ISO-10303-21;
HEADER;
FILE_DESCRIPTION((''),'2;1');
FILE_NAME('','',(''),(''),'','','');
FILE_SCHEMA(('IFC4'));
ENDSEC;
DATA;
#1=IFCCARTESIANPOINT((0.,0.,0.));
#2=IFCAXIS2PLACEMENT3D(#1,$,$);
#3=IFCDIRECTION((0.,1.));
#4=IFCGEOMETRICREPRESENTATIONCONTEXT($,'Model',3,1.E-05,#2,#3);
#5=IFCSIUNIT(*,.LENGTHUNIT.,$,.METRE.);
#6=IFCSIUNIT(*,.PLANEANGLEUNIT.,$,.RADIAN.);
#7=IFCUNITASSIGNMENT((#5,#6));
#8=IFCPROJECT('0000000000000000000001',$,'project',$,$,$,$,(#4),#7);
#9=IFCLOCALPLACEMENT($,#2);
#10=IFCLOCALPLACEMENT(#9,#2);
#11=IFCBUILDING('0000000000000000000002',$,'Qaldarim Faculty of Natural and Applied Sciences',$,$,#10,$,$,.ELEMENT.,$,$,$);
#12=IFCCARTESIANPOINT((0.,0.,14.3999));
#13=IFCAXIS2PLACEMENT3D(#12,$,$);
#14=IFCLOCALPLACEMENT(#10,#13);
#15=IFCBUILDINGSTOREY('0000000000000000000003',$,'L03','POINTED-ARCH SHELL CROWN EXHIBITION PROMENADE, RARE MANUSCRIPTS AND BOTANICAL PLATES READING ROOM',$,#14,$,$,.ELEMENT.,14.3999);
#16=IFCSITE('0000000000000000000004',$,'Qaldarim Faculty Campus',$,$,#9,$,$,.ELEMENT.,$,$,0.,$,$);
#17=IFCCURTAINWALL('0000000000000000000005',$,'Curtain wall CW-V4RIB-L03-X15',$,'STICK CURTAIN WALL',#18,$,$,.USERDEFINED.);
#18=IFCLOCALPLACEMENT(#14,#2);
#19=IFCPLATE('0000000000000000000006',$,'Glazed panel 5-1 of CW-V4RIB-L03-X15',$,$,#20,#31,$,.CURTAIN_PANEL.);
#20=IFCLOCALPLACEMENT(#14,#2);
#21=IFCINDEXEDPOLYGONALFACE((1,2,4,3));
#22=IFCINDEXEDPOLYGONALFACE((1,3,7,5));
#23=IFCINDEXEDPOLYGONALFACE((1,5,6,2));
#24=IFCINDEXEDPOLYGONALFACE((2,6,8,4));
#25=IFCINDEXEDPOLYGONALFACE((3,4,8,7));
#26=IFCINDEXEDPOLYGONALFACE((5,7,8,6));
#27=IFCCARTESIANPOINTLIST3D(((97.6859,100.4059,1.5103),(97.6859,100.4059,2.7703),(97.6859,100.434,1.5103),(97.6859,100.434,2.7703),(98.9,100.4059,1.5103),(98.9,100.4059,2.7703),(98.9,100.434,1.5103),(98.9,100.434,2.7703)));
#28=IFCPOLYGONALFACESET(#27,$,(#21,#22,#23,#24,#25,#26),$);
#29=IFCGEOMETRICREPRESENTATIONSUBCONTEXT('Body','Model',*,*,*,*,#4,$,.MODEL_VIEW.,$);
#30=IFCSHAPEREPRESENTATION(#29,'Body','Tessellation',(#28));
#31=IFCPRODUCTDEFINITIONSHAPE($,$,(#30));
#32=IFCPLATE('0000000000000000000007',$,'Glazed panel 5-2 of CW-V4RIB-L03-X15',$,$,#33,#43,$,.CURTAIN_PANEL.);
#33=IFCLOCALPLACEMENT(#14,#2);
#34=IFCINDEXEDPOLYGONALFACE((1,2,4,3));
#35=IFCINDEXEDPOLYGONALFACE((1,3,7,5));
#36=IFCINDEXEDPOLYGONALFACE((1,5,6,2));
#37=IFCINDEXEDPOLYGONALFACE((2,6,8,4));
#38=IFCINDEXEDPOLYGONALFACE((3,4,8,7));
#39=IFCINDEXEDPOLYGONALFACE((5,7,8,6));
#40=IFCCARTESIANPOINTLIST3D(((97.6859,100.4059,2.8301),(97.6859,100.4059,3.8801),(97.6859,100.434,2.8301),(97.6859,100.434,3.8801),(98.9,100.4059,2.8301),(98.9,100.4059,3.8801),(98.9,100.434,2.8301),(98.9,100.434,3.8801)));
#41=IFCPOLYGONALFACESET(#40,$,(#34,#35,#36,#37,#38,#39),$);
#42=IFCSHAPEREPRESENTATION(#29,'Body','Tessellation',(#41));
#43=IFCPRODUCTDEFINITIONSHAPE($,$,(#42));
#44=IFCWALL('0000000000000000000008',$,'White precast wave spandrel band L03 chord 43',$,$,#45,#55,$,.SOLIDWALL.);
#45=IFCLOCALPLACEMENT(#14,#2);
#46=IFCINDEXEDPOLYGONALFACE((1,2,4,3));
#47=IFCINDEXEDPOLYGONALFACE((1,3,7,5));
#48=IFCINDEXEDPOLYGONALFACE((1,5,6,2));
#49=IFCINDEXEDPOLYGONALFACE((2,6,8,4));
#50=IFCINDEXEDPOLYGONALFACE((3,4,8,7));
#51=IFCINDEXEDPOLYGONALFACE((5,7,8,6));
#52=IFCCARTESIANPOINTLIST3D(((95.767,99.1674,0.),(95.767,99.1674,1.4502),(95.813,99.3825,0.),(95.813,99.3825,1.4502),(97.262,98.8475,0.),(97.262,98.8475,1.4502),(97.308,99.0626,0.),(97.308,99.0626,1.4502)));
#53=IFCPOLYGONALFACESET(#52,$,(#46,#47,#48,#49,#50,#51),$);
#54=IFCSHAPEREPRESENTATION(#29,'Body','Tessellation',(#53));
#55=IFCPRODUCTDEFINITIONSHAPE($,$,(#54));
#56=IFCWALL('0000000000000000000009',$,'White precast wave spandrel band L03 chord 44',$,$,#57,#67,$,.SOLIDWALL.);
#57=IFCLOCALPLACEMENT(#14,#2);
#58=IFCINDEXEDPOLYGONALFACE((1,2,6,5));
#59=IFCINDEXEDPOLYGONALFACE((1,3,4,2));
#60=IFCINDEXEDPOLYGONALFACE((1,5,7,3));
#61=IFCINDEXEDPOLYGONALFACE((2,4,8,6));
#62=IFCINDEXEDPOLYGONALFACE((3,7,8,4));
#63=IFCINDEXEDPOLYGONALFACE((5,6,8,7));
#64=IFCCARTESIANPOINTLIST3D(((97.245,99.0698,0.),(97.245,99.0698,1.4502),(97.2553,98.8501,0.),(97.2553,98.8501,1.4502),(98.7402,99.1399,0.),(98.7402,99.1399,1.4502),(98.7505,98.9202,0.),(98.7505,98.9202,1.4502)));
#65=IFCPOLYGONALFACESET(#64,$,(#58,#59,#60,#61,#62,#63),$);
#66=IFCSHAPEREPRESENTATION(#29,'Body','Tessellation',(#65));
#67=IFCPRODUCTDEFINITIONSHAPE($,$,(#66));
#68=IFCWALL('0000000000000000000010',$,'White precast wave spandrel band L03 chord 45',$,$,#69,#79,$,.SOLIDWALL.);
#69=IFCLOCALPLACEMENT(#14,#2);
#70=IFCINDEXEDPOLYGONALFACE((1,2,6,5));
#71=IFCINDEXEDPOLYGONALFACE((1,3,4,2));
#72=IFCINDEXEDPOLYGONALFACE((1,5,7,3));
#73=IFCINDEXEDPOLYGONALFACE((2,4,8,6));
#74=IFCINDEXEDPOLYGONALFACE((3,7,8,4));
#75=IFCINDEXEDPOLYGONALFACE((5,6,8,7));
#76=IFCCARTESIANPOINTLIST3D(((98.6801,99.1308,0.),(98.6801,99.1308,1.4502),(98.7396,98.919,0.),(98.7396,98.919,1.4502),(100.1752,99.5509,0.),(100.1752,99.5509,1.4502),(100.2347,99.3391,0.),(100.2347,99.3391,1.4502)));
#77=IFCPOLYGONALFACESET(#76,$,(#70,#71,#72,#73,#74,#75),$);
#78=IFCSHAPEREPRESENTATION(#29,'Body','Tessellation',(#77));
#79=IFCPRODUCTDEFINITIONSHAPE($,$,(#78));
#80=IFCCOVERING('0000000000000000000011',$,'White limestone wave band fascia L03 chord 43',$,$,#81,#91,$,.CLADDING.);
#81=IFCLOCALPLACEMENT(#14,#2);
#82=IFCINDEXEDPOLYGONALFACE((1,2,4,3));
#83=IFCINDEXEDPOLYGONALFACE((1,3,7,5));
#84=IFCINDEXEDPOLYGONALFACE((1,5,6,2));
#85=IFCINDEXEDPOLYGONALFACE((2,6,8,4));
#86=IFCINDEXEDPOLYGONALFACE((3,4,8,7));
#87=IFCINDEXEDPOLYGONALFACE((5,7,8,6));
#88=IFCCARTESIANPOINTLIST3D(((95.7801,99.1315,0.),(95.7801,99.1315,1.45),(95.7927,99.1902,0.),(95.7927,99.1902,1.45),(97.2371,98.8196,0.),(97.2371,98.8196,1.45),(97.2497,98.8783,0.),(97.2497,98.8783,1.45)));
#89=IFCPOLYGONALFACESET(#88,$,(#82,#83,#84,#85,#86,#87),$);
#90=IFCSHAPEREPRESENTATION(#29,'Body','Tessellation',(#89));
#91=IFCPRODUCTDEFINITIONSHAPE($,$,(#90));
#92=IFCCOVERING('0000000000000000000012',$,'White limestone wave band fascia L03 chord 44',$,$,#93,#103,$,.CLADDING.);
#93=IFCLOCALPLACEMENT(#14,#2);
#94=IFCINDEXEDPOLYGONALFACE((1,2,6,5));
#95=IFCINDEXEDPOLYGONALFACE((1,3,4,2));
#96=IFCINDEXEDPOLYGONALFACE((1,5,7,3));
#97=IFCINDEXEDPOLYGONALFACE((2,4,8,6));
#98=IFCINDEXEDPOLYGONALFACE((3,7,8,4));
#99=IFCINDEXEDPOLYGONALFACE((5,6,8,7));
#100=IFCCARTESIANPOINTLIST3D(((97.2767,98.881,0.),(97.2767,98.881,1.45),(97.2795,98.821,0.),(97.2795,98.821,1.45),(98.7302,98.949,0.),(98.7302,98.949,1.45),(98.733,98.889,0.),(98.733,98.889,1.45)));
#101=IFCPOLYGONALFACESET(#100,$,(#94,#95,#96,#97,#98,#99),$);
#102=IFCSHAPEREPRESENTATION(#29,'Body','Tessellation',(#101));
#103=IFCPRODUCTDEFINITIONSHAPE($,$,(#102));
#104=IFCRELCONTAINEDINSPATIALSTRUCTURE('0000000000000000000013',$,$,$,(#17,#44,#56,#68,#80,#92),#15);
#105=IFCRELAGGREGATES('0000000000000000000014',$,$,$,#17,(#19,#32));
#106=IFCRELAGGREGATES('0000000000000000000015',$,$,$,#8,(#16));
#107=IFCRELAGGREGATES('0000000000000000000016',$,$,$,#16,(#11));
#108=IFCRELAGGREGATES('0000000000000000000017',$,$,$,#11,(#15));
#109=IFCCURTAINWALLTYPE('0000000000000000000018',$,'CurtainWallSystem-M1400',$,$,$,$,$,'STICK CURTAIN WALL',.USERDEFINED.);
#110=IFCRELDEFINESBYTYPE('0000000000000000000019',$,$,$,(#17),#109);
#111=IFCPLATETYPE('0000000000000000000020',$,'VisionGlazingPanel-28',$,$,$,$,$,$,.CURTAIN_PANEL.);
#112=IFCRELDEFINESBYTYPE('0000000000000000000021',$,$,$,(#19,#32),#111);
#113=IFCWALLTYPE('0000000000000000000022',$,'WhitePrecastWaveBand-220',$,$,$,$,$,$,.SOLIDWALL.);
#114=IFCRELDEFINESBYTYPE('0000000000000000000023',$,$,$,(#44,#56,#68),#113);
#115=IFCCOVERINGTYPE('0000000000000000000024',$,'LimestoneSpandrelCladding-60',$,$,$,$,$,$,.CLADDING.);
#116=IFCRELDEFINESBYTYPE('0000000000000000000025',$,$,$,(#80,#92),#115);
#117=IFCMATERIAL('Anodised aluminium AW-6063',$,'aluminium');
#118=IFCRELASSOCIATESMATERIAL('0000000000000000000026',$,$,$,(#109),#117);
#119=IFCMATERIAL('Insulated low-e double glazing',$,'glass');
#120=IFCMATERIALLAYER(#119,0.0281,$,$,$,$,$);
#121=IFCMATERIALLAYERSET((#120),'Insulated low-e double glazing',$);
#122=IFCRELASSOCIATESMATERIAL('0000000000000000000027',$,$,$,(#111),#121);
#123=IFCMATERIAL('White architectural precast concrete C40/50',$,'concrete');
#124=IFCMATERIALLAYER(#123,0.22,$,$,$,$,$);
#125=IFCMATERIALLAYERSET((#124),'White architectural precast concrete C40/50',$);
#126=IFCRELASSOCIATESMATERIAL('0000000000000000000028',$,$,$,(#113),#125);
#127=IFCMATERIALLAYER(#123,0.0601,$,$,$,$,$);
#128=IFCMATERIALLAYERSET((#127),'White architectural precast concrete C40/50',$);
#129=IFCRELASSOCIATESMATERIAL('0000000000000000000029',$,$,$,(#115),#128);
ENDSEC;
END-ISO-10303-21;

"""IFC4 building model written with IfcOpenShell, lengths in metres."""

from ifc_helpers import new_model, si_unit, direction, frame, frame_2d, origin, origin_2d, place, context, subcontext, project, spatial, rectangle, extrude, material, layer, layer_set, type_object, element, aggregate, save


model = new_model("IFC4")

# Units and contexts
model_context = context("Model", 3, precision=1e-05, world=origin(), true_north=direction((0.0, 1.0)))
body_context = subcontext(model_context, "Body", "Model", "MODEL_VIEW")
ifc_project = project(units=[si_unit("LENGTHUNIT", "METRE"), si_unit("PLANEANGLEUNIT", "RADIAN")], contexts=[model_context])

# Site, building, storey
site_placement = place(None, origin())
site = spatial("IfcSite", under=ifc_project, at=site_placement, Name="Qaldarim Faculty Campus", CompositionType="ELEMENT", RefElevation=0.0)
building_placement = place(site_placement, origin())
building = spatial("IfcBuilding", under=site, at=building_placement, Name="Qaldarim Faculty of Natural and Applied Sciences", CompositionType="ELEMENT")
storey_placement = place(building_placement, frame((0.0, 0.0, 14.3999)))
storey = spatial("IfcBuildingStorey", under=building, at=storey_placement, Name="L03", Description="POINTED-ARCH SHELL CROWN EXHIBITION PROMENADE, RARE MANUSCRIPTS AND BOTANICAL PLATES READING ROOM", CompositionType="ELEMENT", Elevation=14.3999)

# Curtain wall
ifc_material_1 = material(Name="Anodised aluminium AW-6063", Category="aluminium")
curtain_wall_type = type_object("IfcCurtainWallType", Name="CurtainWallSystem-M1400", ElementType="STICK CURTAIN WALL", PredefinedType="USERDEFINED", material=ifc_material_1)
curtain_wall_1_placement = place(storey_placement, origin())
curtain_wall_1 = element("IfcCurtainWall", 1, at=curtain_wall_1_placement, inside=storey, type_object=curtain_wall_type, Name="Curtain wall CW-V4RIB-L03-X15", ObjectType="STICK CURTAIN WALL", PredefinedType="USERDEFINED")

# Plates
ifc_material_2 = material(Name="Insulated low-e double glazing", Category="glass")
ifc_layer_1 = layer(ifc_material_2, 0.0281)
ifc_layer_set_1 = layer_set([ifc_layer_1], Name="Insulated low-e double glazing")
plate_type = type_object("IfcPlateType", Name="VisionGlazingPanel-28", PredefinedType="CURTAIN_PANEL", material=ifc_layer_set_1)
plate_1_placement = place(storey_placement, frame((98.293, 100.4199, 1.5103), z_axis=(0.0, 0.0, 1.0), x_axis=(1.0, 0.0, 0.0)))
plate_1 = element("IfcPlate", 2, at=plate_1_placement, type_object=plate_type, Name="Glazed panel 5-1 of CW-V4RIB-L03-X15", PredefinedType="CURTAIN_PANEL", context=body_context, shape_type="SweptSolid", body=[
    extrude(rectangle(XDim=1.2141, YDim=0.0281, at=origin_2d()), origin(), (0.0, 0.0, 1.0), 1.26),
])
plate_2_placement = place(storey_placement, frame((98.293, 100.4199, 2.8301), z_axis=(0.0, 0.0, 1.0), x_axis=(1.0, 0.0, 0.0)))
plate_2 = element("IfcPlate", 3, at=plate_2_placement, type_object=plate_type, Name="Glazed panel 5-2 of CW-V4RIB-L03-X15", PredefinedType="CURTAIN_PANEL", context=body_context, shape_type="SweptSolid", body=[
    extrude(rectangle(XDim=1.2141, YDim=0.0281, at=origin_2d()), origin(), (0.0, 0.0, 1.0), 1.05),
])
aggregate(curtain_wall_1, [plate_1, plate_2])

# Walls
ifc_material_3 = material(Name="White architectural precast concrete C40/50", Category="concrete")
ifc_layer_2 = layer(ifc_material_3, 0.22)
ifc_layer_set_2 = layer_set([ifc_layer_2], Name="White architectural precast concrete C40/50")
wall_type = type_object("IfcWallType", Name="WhitePrecastWaveBand-220", PredefinedType="SOLIDWALL", material=ifc_layer_set_2)
wall_1_placement = place(storey_placement, frame((95.79, 99.2749, 0.0), z_axis=(0.0, 0.0, 1.0), x_axis=(0.97787, -0.209213, 0.0)))
element("IfcWall", 4, at=wall_1_placement, inside=storey, type_object=wall_type, Name="White precast wave spandrel band L03 chord 43", PredefinedType="SOLIDWALL", context=body_context, shape_type="SweptSolid", body=[
    extrude(rectangle(XDim=1.5288, YDim=0.22, at=frame_2d((0.7644, 0.0))), origin(), (0.0, 0.0, 1.0), 1.4502),
])
wall_2_placement = place(storey_placement, frame((97.25, 98.96, 0.0), z_axis=(0.0, 0.0, 1.0), x_axis=(0.998904, 0.046813, 0.0)))
element("IfcWall", 5, at=wall_2_placement, inside=storey, type_object=wall_type, Name="White precast wave spandrel band L03 chord 44", PredefinedType="SOLIDWALL", context=body_context, shape_type="SweptSolid", body=[
    extrude(rectangle(XDim=1.4968, YDim=0.22, at=frame_2d((0.7485, 0.0))), origin(), (0.0, 0.0, 1.0), 1.4502),
])
wall_3_placement = place(storey_placement, frame((98.71, 99.0249, 0.0), z_axis=(0.0, 0.0, 1.0), x_axis=(0.962707, 0.270545, 0.0)))
element("IfcWall", 6, at=wall_3_placement, inside=storey, type_object=wall_type, Name="White precast wave spandrel band L03 chord 45", PredefinedType="SOLIDWALL", context=body_context, shape_type="SweptSolid", body=[
    extrude(rectangle(XDim=1.553, YDim=0.22, at=frame_2d((0.7764, 0.0))), origin(), (0.0, 0.0, 1.0), 1.4502),
])

# Coverings
ifc_layer_3 = layer(ifc_material_3, 0.0601)
ifc_layer_set_3 = layer_set([ifc_layer_3], Name="White architectural precast concrete C40/50")
covering_type = type_object("IfcCoveringType", Name="LimestoneSpandrelCladding-60", PredefinedType="CLADDING", material=ifc_layer_set_3)
covering_1_placement = place(storey_placement, frame((96.5149, 99.0049, 0.0), z_axis=(0.0, 0.0, 1.0), x_axis=(0.977849, -0.209311, 0.0)))
element("IfcCovering", 7, at=covering_1_placement, inside=storey, type_object=covering_type, Name="White limestone wave band fascia L03 chord 43", PredefinedType="CLADDING", context=body_context, shape_type="SweptSolid", body=[
    extrude(rectangle(XDim=1.49, YDim=0.0601, at=origin_2d()), origin(), (0.0, 0.0, 1.0), 1.45),
])
covering_2_placement = place(storey_placement, frame((98.0049, 98.885, 0.0), z_axis=(0.0, 0.0, 1.0), x_axis=(0.998905, 0.046775, 0.0)))
element("IfcCovering", 8, at=covering_2_placement, inside=storey, type_object=covering_type, Name="White limestone wave band fascia L03 chord 44", PredefinedType="CLADDING", context=body_context, shape_type="SweptSolid", body=[
    extrude(rectangle(XDim=1.4551, YDim=0.0601, at=origin_2d()), origin(), (0.0, 0.0, 1.0), 1.45),
])

save(model, "model.ifc")
